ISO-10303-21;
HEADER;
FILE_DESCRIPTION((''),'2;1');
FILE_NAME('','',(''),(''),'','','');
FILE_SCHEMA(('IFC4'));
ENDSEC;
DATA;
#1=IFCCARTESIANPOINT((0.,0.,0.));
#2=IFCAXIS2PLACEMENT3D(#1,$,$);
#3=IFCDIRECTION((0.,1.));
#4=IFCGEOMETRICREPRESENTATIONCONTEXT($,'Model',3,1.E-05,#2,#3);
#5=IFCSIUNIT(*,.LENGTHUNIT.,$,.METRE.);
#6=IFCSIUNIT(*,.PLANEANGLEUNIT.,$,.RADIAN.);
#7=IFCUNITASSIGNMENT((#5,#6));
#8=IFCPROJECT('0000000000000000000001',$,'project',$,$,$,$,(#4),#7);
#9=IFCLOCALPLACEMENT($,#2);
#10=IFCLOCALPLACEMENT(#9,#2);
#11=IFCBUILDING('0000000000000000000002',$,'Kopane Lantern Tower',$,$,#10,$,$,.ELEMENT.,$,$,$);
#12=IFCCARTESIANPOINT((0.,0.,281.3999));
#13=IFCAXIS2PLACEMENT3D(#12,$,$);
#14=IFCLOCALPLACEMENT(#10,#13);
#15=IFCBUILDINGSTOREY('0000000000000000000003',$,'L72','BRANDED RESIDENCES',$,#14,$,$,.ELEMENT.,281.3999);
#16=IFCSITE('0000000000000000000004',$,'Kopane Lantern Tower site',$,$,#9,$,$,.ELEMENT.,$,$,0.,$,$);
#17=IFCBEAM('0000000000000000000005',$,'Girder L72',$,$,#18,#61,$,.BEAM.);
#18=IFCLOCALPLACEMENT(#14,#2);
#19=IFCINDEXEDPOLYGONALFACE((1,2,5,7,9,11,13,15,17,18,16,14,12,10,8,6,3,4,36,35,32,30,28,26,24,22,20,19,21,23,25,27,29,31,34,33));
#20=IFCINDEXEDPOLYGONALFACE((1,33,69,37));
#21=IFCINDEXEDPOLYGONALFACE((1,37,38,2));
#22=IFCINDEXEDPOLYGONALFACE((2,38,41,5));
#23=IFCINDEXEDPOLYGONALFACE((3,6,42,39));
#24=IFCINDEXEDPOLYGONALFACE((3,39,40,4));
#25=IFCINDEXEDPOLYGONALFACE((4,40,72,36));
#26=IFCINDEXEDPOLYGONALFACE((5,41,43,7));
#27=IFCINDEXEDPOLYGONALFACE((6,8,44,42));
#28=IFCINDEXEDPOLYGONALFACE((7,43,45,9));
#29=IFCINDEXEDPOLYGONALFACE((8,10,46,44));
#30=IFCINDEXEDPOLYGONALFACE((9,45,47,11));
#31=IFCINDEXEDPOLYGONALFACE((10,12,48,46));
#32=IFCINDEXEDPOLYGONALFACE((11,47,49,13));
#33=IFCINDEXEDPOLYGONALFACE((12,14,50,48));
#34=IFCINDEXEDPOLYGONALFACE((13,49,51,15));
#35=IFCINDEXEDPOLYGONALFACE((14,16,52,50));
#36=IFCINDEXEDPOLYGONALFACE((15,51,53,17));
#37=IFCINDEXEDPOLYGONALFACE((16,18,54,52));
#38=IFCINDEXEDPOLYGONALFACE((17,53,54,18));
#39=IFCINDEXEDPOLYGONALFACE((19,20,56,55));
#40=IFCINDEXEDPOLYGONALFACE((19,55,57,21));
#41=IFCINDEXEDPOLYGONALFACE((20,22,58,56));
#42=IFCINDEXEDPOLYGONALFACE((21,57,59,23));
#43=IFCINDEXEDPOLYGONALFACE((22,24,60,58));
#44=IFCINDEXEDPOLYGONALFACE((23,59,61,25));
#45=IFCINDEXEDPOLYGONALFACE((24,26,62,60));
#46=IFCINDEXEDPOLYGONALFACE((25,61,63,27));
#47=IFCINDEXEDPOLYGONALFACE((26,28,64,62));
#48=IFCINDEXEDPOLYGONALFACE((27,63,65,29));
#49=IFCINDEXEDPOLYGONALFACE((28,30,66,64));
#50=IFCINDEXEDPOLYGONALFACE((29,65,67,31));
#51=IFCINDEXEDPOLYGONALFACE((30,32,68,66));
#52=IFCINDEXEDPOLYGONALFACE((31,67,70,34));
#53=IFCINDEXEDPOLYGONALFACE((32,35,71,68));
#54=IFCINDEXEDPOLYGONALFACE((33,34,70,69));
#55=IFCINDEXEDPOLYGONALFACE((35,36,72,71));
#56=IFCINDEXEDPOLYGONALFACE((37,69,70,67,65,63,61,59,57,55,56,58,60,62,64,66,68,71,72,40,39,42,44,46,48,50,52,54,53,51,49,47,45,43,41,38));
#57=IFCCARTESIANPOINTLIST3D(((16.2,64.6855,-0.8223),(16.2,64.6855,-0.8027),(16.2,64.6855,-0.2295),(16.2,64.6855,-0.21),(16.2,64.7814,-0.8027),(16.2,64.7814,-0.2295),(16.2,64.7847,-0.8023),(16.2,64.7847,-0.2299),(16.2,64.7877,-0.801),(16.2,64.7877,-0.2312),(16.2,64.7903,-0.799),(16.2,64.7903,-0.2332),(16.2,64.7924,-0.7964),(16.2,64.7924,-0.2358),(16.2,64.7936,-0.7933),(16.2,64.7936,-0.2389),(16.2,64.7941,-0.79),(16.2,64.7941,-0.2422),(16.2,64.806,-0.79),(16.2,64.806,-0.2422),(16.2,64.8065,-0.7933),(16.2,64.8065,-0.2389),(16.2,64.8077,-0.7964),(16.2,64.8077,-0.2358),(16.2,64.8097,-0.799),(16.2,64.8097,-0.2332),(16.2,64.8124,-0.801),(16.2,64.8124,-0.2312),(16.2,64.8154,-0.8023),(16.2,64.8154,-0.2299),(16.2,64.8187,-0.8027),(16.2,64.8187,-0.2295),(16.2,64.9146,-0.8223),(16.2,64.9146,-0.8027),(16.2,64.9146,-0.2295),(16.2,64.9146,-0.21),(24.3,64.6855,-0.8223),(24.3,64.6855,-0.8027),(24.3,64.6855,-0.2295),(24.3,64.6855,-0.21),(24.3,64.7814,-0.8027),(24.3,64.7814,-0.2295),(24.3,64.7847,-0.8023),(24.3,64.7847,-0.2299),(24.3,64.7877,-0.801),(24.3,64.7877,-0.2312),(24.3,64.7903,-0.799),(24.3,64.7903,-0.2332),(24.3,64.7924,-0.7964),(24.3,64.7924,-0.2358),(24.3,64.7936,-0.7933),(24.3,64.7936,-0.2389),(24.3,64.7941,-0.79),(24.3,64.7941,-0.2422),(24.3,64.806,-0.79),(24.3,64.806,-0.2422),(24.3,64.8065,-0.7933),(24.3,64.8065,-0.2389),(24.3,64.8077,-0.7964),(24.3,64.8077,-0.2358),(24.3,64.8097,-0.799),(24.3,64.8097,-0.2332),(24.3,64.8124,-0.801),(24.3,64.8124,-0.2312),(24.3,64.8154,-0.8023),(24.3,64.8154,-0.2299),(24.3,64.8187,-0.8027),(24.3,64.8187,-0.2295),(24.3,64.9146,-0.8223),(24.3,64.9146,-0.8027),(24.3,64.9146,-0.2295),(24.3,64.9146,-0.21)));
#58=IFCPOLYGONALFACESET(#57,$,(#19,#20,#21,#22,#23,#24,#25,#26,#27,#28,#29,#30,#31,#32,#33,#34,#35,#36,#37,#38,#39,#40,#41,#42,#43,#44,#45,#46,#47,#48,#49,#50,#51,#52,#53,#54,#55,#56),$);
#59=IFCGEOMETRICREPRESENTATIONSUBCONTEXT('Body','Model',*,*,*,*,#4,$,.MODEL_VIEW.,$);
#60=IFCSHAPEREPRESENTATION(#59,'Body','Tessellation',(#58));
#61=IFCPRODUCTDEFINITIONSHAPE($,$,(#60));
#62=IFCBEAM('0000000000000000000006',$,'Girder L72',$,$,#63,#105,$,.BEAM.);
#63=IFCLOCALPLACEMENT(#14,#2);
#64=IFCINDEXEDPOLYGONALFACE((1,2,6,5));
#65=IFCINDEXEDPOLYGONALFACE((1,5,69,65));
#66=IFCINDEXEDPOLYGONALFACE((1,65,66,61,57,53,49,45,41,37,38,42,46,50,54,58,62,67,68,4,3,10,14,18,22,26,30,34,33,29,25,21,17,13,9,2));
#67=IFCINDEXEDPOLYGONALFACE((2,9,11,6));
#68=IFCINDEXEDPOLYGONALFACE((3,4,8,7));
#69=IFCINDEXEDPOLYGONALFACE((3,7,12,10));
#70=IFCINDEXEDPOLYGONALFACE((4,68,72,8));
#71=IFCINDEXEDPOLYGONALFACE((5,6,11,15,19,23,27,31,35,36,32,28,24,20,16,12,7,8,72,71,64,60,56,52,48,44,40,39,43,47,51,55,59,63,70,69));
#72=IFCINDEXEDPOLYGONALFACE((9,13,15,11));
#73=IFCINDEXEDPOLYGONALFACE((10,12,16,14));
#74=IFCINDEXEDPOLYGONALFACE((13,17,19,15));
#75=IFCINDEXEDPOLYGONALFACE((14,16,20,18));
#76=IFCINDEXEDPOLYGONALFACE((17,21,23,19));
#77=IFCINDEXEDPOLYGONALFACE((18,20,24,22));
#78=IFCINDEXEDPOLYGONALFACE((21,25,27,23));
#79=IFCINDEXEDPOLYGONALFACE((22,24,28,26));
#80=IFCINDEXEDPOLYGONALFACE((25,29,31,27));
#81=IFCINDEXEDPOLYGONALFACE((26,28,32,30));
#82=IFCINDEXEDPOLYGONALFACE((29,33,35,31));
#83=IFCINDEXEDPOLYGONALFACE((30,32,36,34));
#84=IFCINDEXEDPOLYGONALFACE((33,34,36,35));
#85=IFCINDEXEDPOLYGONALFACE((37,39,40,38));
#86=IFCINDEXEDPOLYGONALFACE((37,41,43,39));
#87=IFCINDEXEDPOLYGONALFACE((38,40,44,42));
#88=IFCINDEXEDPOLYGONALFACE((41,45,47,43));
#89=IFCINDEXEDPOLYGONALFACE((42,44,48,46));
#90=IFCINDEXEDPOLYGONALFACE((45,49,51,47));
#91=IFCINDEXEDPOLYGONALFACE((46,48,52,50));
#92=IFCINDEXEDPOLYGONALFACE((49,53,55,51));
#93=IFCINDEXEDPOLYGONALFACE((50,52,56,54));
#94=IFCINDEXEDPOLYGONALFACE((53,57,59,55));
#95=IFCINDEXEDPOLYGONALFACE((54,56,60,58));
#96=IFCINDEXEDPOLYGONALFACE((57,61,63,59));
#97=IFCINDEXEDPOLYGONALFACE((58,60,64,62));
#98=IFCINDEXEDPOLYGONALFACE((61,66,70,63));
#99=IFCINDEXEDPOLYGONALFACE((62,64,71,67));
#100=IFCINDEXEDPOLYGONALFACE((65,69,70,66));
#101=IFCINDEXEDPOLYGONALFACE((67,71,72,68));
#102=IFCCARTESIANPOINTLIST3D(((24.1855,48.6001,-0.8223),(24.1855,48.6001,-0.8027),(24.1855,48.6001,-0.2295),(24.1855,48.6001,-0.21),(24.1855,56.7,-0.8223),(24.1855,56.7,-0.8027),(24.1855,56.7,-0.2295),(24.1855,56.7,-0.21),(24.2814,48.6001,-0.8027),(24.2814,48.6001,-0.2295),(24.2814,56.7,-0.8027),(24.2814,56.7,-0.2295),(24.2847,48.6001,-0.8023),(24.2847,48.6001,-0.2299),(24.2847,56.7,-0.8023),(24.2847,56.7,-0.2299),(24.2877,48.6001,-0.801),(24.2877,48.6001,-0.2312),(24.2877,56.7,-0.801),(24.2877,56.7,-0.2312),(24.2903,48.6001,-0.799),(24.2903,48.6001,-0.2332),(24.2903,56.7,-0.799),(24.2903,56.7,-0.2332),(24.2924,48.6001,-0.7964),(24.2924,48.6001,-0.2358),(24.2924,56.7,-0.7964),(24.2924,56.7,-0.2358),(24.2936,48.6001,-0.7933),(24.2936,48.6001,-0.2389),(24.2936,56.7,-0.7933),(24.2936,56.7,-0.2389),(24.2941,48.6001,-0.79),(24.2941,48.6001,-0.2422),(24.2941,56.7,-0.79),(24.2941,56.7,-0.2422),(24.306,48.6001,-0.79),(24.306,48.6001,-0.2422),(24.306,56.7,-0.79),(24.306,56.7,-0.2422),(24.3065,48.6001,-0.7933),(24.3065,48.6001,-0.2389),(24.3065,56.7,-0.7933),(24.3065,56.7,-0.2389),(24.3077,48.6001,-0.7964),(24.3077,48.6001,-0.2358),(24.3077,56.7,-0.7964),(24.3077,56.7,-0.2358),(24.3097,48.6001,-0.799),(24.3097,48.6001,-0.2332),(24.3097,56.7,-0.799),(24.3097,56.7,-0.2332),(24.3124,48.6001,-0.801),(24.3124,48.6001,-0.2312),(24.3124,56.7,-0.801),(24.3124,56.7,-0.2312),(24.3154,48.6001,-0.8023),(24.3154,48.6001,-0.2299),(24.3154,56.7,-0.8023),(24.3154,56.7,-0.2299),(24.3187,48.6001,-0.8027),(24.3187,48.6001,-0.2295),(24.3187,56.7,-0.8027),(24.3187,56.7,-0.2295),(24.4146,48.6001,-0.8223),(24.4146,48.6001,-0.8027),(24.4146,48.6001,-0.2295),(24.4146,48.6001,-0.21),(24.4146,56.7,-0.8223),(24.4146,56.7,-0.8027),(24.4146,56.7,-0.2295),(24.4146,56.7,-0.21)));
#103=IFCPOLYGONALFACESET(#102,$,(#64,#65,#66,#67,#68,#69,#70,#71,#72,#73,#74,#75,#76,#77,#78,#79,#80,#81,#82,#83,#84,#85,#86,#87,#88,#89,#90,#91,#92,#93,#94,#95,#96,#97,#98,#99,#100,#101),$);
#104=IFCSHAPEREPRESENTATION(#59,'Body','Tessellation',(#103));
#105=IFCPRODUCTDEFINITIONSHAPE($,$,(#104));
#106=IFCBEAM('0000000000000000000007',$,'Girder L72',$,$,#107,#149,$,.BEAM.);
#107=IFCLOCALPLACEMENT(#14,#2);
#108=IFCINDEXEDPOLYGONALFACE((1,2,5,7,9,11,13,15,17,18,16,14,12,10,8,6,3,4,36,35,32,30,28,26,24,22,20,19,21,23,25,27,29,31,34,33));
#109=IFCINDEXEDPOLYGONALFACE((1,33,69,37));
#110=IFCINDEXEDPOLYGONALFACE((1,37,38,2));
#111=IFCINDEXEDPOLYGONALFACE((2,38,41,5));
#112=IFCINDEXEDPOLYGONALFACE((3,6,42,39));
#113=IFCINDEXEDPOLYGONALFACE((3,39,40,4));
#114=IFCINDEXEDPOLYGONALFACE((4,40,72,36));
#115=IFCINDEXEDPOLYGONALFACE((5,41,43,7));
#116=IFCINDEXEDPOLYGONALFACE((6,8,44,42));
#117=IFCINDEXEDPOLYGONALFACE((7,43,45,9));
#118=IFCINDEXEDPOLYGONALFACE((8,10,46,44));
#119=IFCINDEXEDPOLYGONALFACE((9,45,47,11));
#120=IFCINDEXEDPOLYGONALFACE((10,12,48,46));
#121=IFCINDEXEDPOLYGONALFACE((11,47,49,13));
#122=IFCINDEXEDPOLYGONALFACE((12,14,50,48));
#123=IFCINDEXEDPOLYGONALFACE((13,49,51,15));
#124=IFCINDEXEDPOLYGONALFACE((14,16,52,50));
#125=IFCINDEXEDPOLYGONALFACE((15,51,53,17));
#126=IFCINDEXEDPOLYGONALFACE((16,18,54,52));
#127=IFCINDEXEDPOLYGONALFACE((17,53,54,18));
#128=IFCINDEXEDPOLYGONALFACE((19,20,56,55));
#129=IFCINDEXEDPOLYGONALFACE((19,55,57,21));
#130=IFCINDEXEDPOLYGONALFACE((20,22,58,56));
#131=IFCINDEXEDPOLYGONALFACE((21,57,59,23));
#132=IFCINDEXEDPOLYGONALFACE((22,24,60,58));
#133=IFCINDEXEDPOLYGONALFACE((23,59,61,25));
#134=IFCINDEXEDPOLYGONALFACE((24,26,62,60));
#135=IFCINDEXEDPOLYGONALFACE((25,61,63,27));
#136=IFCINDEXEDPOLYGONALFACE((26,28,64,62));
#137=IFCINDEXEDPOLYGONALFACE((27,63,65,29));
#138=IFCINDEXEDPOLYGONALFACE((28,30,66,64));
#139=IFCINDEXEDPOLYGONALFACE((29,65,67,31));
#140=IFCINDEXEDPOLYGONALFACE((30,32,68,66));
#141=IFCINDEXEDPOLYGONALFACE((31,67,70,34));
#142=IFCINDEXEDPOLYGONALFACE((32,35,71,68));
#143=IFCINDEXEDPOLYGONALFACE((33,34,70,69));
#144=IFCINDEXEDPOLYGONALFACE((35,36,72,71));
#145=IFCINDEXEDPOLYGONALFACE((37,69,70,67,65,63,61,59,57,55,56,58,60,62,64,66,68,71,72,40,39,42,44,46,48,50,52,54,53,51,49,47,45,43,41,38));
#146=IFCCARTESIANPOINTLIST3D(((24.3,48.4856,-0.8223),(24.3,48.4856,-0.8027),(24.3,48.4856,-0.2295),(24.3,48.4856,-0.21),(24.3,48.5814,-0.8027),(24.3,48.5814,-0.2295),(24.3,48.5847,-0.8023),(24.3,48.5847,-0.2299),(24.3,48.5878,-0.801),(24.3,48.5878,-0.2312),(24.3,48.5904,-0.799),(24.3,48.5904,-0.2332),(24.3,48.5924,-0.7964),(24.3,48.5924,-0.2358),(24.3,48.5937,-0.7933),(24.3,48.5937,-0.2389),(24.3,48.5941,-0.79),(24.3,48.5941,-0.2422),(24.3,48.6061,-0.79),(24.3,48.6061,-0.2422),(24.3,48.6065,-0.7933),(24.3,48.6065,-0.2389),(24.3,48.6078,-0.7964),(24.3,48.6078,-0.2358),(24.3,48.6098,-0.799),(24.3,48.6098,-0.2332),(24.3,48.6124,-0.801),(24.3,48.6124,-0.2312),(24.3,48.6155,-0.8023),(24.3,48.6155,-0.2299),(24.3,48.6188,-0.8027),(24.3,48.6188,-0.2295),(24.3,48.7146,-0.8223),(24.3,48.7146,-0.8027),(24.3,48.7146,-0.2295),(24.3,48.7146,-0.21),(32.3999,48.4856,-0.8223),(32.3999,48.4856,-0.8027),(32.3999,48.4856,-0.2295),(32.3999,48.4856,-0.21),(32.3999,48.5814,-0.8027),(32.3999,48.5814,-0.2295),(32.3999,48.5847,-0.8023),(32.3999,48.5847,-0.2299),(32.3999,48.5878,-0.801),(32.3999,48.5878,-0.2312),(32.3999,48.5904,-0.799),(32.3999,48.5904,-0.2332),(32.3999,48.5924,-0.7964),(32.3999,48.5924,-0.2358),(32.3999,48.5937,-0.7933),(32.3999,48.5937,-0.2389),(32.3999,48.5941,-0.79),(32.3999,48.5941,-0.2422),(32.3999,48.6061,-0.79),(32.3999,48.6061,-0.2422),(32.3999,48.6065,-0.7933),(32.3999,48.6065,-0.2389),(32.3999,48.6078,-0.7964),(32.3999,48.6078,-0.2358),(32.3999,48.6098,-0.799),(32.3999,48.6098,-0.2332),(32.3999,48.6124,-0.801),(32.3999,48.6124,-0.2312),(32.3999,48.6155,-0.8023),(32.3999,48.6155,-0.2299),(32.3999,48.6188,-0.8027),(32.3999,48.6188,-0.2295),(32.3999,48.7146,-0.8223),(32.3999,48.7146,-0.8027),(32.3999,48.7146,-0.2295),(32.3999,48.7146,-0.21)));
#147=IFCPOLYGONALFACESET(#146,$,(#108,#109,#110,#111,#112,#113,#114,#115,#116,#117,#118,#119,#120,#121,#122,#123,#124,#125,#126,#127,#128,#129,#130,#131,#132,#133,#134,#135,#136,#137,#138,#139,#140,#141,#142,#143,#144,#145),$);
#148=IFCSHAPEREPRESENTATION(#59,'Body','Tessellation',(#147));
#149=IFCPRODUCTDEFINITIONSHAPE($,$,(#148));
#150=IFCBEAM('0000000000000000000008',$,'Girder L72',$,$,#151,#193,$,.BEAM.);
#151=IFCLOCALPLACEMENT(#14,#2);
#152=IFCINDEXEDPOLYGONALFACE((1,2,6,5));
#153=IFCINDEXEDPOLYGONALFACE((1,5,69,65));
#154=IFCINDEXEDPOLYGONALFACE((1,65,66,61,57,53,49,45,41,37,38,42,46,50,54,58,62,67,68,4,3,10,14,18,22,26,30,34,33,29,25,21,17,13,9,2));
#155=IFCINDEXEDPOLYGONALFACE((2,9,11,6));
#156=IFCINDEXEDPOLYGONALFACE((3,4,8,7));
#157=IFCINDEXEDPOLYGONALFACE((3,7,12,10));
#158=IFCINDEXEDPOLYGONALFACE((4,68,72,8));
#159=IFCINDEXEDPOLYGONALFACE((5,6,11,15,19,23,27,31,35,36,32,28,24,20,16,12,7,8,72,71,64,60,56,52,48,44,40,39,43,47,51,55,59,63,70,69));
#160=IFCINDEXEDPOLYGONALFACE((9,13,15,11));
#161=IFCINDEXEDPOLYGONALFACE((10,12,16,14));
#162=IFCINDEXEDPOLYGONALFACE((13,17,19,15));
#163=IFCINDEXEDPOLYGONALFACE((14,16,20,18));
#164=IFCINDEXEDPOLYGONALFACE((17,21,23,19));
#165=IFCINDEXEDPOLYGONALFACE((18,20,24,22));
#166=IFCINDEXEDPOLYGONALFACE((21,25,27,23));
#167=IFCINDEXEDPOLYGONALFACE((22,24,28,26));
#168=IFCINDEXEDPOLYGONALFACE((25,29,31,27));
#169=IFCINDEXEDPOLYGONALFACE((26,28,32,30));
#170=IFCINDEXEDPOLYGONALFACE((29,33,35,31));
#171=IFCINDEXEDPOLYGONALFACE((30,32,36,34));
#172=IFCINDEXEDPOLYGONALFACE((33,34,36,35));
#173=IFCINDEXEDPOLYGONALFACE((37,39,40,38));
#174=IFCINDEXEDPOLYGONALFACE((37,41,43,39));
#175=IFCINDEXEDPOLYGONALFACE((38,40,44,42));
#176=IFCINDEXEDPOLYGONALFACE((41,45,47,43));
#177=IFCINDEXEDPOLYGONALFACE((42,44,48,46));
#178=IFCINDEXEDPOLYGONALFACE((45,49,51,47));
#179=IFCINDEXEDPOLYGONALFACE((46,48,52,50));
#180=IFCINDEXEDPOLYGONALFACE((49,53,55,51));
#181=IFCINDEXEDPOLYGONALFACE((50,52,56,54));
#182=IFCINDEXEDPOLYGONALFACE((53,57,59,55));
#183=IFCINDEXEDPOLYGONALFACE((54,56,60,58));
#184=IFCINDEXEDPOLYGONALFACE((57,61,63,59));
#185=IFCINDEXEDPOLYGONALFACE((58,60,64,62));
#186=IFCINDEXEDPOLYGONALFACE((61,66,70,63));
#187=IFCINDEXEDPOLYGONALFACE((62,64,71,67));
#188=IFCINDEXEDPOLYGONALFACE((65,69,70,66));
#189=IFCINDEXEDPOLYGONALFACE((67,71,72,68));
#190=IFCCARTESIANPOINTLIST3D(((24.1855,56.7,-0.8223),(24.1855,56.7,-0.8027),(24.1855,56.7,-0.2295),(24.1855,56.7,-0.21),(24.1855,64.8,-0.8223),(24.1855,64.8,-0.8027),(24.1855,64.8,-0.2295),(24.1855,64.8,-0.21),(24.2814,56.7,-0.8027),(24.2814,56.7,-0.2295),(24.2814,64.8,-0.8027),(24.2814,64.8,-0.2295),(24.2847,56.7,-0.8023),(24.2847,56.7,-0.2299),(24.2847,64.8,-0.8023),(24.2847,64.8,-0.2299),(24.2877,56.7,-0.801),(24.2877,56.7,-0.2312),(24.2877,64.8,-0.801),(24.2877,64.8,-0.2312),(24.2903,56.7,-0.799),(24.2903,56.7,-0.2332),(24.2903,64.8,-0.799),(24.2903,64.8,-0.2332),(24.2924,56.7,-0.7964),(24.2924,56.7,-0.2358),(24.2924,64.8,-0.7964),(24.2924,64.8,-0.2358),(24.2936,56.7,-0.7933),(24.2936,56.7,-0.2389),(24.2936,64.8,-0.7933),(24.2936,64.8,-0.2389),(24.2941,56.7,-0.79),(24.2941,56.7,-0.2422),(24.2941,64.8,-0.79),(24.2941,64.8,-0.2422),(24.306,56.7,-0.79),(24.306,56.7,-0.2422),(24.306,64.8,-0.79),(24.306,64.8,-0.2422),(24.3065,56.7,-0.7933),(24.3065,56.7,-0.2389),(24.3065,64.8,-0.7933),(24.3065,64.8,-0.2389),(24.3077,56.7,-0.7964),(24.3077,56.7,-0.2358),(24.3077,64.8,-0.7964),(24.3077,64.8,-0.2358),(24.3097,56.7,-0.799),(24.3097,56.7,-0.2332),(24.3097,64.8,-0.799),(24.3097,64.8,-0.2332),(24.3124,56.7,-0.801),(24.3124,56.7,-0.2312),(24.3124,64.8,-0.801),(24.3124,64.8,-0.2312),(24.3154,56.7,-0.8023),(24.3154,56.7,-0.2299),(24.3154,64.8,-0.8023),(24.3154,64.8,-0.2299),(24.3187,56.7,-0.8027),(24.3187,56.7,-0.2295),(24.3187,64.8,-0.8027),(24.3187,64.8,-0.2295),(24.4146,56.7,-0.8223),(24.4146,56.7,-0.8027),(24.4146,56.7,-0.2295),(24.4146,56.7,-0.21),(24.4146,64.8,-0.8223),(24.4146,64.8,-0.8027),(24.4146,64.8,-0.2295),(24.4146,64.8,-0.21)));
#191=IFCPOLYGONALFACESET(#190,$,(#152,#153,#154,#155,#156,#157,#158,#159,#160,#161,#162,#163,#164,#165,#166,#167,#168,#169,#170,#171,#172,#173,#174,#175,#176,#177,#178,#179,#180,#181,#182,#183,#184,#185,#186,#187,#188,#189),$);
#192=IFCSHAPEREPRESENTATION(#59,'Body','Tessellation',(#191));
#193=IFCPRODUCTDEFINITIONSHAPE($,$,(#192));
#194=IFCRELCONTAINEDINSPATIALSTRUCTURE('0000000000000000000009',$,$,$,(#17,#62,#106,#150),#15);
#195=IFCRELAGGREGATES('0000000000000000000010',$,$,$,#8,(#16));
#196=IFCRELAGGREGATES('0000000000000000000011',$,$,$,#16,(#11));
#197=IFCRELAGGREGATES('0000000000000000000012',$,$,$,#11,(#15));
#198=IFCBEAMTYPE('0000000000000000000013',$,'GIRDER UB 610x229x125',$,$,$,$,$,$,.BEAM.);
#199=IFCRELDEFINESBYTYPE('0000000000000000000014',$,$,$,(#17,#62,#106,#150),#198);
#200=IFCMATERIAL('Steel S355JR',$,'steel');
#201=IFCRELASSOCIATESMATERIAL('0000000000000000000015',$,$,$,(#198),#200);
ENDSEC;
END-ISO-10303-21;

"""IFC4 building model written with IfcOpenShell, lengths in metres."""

from ifc_helpers import new_model, si_unit, direction, frame, origin, origin_2d, place, context, subcontext, project, spatial, i_section, extrude, material, material_profile, profile_set, type_object, element, save


model = new_model("IFC4")

# Units and contexts
model_context = context("Model", 3, precision=1e-05, world=origin(), true_north=direction((0.0, 1.0)))
body_context = subcontext(model_context, "Body", "Model", "MODEL_VIEW")
ifc_project = project(units=[si_unit("LENGTHUNIT", "METRE"), si_unit("PLANEANGLEUNIT", "RADIAN")], contexts=[model_context])

# Site, building, storey
site_placement = place(None, origin())
site = spatial("IfcSite", under=ifc_project, at=site_placement, Name="Kopane Lantern Tower site", CompositionType="ELEMENT", RefElevation=0.0)
building_placement = place(site_placement, origin())
building = spatial("IfcBuilding", under=site, at=building_placement, Name="Kopane Lantern Tower", CompositionType="ELEMENT")
storey_placement = place(building_placement, frame((0.0, 0.0, 281.3999)))
storey = spatial("IfcBuildingStorey", under=building, at=storey_placement, Name="L72", Description="BRANDED RESIDENCES", CompositionType="ELEMENT", Elevation=281.3999)

# Beams
ifc_material_1 = material(Name="Steel S355JR", Category="steel")
ifc_material_profile_1 = material_profile(ifc_material_1, i_section(OverallWidth=0.229, OverallDepth=0.6123, WebThickness=0.012, FlangeThickness=0.0195, FilletRadius=0.0127, at=origin_2d()), Name="UB 610x229x125")
ifc_profile_set_1 = profile_set([ifc_material_profile_1], Name="Steel S355JR")
beam_type = type_object("IfcBeamType", Name="GIRDER UB 610x229x125", PredefinedType="BEAM", material=ifc_profile_set_1)
for number, where, z_axis, x_axis, name in (
    (1, (16.2, 64.8, -0.5161), (1.0, 0.0, 0.0), (0.0, 1.0, 0.0), "Girder L72"),
):
    element("IfcBeam", number, at=place(storey_placement, frame(where, z_axis=z_axis, x_axis=x_axis)), inside=storey, type_object=beam_type, Name=name, PredefinedType="BEAM", context=body_context, shape_type="SweptSolid", body=[
        extrude(i_section(OverallWidth=0.229, OverallDepth=0.6123, WebThickness=0.012, FlangeThickness=0.0195, FilletRadius=0.0127, at=origin_2d()), origin(), (0.0, 0.0, 1.0), 8.1001),
    ])
for number, where, z_axis, x_axis, name in (
    (2, (24.3, 48.6001, -0.5161), (0.0, 1.0, 0.0), (-1.0, 0.0, 0.0), "Girder L72"),
    (3, (24.3, 48.6001, -0.5161), (1.0, 0.0, 0.0), (0.0, 1.0, 0.0), "Girder L72"),
):
    element("IfcBeam", number, at=place(storey_placement, frame(where, z_axis=z_axis, x_axis=x_axis)), inside=storey, type_object=beam_type, Name=name, PredefinedType="BEAM", context=body_context, shape_type="SweptSolid", body=[
        extrude(i_section(OverallWidth=0.229, OverallDepth=0.6123, WebThickness=0.012, FlangeThickness=0.0195, FilletRadius=0.0127, at=origin_2d()), origin(), (0.0, 0.0, 1.0), 8.0999),
    ])
beam_placement = place(storey_placement, frame((24.3, 56.7, -0.5161), z_axis=(0.0, 1.0, 0.0), x_axis=(-1.0, 0.0, 0.0)))
element("IfcBeam", 4, at=beam_placement, inside=storey, type_object=beam_type, Name="Girder L72", PredefinedType="BEAM", context=body_context, shape_type="SweptSolid", body=[
    extrude(i_section(OverallWidth=0.229, OverallDepth=0.6123, WebThickness=0.012, FlangeThickness=0.0195, FilletRadius=0.0127, at=origin_2d()), origin(), (0.0, 0.0, 1.0), 8.1001),
])

save(model, "model.ifc")
